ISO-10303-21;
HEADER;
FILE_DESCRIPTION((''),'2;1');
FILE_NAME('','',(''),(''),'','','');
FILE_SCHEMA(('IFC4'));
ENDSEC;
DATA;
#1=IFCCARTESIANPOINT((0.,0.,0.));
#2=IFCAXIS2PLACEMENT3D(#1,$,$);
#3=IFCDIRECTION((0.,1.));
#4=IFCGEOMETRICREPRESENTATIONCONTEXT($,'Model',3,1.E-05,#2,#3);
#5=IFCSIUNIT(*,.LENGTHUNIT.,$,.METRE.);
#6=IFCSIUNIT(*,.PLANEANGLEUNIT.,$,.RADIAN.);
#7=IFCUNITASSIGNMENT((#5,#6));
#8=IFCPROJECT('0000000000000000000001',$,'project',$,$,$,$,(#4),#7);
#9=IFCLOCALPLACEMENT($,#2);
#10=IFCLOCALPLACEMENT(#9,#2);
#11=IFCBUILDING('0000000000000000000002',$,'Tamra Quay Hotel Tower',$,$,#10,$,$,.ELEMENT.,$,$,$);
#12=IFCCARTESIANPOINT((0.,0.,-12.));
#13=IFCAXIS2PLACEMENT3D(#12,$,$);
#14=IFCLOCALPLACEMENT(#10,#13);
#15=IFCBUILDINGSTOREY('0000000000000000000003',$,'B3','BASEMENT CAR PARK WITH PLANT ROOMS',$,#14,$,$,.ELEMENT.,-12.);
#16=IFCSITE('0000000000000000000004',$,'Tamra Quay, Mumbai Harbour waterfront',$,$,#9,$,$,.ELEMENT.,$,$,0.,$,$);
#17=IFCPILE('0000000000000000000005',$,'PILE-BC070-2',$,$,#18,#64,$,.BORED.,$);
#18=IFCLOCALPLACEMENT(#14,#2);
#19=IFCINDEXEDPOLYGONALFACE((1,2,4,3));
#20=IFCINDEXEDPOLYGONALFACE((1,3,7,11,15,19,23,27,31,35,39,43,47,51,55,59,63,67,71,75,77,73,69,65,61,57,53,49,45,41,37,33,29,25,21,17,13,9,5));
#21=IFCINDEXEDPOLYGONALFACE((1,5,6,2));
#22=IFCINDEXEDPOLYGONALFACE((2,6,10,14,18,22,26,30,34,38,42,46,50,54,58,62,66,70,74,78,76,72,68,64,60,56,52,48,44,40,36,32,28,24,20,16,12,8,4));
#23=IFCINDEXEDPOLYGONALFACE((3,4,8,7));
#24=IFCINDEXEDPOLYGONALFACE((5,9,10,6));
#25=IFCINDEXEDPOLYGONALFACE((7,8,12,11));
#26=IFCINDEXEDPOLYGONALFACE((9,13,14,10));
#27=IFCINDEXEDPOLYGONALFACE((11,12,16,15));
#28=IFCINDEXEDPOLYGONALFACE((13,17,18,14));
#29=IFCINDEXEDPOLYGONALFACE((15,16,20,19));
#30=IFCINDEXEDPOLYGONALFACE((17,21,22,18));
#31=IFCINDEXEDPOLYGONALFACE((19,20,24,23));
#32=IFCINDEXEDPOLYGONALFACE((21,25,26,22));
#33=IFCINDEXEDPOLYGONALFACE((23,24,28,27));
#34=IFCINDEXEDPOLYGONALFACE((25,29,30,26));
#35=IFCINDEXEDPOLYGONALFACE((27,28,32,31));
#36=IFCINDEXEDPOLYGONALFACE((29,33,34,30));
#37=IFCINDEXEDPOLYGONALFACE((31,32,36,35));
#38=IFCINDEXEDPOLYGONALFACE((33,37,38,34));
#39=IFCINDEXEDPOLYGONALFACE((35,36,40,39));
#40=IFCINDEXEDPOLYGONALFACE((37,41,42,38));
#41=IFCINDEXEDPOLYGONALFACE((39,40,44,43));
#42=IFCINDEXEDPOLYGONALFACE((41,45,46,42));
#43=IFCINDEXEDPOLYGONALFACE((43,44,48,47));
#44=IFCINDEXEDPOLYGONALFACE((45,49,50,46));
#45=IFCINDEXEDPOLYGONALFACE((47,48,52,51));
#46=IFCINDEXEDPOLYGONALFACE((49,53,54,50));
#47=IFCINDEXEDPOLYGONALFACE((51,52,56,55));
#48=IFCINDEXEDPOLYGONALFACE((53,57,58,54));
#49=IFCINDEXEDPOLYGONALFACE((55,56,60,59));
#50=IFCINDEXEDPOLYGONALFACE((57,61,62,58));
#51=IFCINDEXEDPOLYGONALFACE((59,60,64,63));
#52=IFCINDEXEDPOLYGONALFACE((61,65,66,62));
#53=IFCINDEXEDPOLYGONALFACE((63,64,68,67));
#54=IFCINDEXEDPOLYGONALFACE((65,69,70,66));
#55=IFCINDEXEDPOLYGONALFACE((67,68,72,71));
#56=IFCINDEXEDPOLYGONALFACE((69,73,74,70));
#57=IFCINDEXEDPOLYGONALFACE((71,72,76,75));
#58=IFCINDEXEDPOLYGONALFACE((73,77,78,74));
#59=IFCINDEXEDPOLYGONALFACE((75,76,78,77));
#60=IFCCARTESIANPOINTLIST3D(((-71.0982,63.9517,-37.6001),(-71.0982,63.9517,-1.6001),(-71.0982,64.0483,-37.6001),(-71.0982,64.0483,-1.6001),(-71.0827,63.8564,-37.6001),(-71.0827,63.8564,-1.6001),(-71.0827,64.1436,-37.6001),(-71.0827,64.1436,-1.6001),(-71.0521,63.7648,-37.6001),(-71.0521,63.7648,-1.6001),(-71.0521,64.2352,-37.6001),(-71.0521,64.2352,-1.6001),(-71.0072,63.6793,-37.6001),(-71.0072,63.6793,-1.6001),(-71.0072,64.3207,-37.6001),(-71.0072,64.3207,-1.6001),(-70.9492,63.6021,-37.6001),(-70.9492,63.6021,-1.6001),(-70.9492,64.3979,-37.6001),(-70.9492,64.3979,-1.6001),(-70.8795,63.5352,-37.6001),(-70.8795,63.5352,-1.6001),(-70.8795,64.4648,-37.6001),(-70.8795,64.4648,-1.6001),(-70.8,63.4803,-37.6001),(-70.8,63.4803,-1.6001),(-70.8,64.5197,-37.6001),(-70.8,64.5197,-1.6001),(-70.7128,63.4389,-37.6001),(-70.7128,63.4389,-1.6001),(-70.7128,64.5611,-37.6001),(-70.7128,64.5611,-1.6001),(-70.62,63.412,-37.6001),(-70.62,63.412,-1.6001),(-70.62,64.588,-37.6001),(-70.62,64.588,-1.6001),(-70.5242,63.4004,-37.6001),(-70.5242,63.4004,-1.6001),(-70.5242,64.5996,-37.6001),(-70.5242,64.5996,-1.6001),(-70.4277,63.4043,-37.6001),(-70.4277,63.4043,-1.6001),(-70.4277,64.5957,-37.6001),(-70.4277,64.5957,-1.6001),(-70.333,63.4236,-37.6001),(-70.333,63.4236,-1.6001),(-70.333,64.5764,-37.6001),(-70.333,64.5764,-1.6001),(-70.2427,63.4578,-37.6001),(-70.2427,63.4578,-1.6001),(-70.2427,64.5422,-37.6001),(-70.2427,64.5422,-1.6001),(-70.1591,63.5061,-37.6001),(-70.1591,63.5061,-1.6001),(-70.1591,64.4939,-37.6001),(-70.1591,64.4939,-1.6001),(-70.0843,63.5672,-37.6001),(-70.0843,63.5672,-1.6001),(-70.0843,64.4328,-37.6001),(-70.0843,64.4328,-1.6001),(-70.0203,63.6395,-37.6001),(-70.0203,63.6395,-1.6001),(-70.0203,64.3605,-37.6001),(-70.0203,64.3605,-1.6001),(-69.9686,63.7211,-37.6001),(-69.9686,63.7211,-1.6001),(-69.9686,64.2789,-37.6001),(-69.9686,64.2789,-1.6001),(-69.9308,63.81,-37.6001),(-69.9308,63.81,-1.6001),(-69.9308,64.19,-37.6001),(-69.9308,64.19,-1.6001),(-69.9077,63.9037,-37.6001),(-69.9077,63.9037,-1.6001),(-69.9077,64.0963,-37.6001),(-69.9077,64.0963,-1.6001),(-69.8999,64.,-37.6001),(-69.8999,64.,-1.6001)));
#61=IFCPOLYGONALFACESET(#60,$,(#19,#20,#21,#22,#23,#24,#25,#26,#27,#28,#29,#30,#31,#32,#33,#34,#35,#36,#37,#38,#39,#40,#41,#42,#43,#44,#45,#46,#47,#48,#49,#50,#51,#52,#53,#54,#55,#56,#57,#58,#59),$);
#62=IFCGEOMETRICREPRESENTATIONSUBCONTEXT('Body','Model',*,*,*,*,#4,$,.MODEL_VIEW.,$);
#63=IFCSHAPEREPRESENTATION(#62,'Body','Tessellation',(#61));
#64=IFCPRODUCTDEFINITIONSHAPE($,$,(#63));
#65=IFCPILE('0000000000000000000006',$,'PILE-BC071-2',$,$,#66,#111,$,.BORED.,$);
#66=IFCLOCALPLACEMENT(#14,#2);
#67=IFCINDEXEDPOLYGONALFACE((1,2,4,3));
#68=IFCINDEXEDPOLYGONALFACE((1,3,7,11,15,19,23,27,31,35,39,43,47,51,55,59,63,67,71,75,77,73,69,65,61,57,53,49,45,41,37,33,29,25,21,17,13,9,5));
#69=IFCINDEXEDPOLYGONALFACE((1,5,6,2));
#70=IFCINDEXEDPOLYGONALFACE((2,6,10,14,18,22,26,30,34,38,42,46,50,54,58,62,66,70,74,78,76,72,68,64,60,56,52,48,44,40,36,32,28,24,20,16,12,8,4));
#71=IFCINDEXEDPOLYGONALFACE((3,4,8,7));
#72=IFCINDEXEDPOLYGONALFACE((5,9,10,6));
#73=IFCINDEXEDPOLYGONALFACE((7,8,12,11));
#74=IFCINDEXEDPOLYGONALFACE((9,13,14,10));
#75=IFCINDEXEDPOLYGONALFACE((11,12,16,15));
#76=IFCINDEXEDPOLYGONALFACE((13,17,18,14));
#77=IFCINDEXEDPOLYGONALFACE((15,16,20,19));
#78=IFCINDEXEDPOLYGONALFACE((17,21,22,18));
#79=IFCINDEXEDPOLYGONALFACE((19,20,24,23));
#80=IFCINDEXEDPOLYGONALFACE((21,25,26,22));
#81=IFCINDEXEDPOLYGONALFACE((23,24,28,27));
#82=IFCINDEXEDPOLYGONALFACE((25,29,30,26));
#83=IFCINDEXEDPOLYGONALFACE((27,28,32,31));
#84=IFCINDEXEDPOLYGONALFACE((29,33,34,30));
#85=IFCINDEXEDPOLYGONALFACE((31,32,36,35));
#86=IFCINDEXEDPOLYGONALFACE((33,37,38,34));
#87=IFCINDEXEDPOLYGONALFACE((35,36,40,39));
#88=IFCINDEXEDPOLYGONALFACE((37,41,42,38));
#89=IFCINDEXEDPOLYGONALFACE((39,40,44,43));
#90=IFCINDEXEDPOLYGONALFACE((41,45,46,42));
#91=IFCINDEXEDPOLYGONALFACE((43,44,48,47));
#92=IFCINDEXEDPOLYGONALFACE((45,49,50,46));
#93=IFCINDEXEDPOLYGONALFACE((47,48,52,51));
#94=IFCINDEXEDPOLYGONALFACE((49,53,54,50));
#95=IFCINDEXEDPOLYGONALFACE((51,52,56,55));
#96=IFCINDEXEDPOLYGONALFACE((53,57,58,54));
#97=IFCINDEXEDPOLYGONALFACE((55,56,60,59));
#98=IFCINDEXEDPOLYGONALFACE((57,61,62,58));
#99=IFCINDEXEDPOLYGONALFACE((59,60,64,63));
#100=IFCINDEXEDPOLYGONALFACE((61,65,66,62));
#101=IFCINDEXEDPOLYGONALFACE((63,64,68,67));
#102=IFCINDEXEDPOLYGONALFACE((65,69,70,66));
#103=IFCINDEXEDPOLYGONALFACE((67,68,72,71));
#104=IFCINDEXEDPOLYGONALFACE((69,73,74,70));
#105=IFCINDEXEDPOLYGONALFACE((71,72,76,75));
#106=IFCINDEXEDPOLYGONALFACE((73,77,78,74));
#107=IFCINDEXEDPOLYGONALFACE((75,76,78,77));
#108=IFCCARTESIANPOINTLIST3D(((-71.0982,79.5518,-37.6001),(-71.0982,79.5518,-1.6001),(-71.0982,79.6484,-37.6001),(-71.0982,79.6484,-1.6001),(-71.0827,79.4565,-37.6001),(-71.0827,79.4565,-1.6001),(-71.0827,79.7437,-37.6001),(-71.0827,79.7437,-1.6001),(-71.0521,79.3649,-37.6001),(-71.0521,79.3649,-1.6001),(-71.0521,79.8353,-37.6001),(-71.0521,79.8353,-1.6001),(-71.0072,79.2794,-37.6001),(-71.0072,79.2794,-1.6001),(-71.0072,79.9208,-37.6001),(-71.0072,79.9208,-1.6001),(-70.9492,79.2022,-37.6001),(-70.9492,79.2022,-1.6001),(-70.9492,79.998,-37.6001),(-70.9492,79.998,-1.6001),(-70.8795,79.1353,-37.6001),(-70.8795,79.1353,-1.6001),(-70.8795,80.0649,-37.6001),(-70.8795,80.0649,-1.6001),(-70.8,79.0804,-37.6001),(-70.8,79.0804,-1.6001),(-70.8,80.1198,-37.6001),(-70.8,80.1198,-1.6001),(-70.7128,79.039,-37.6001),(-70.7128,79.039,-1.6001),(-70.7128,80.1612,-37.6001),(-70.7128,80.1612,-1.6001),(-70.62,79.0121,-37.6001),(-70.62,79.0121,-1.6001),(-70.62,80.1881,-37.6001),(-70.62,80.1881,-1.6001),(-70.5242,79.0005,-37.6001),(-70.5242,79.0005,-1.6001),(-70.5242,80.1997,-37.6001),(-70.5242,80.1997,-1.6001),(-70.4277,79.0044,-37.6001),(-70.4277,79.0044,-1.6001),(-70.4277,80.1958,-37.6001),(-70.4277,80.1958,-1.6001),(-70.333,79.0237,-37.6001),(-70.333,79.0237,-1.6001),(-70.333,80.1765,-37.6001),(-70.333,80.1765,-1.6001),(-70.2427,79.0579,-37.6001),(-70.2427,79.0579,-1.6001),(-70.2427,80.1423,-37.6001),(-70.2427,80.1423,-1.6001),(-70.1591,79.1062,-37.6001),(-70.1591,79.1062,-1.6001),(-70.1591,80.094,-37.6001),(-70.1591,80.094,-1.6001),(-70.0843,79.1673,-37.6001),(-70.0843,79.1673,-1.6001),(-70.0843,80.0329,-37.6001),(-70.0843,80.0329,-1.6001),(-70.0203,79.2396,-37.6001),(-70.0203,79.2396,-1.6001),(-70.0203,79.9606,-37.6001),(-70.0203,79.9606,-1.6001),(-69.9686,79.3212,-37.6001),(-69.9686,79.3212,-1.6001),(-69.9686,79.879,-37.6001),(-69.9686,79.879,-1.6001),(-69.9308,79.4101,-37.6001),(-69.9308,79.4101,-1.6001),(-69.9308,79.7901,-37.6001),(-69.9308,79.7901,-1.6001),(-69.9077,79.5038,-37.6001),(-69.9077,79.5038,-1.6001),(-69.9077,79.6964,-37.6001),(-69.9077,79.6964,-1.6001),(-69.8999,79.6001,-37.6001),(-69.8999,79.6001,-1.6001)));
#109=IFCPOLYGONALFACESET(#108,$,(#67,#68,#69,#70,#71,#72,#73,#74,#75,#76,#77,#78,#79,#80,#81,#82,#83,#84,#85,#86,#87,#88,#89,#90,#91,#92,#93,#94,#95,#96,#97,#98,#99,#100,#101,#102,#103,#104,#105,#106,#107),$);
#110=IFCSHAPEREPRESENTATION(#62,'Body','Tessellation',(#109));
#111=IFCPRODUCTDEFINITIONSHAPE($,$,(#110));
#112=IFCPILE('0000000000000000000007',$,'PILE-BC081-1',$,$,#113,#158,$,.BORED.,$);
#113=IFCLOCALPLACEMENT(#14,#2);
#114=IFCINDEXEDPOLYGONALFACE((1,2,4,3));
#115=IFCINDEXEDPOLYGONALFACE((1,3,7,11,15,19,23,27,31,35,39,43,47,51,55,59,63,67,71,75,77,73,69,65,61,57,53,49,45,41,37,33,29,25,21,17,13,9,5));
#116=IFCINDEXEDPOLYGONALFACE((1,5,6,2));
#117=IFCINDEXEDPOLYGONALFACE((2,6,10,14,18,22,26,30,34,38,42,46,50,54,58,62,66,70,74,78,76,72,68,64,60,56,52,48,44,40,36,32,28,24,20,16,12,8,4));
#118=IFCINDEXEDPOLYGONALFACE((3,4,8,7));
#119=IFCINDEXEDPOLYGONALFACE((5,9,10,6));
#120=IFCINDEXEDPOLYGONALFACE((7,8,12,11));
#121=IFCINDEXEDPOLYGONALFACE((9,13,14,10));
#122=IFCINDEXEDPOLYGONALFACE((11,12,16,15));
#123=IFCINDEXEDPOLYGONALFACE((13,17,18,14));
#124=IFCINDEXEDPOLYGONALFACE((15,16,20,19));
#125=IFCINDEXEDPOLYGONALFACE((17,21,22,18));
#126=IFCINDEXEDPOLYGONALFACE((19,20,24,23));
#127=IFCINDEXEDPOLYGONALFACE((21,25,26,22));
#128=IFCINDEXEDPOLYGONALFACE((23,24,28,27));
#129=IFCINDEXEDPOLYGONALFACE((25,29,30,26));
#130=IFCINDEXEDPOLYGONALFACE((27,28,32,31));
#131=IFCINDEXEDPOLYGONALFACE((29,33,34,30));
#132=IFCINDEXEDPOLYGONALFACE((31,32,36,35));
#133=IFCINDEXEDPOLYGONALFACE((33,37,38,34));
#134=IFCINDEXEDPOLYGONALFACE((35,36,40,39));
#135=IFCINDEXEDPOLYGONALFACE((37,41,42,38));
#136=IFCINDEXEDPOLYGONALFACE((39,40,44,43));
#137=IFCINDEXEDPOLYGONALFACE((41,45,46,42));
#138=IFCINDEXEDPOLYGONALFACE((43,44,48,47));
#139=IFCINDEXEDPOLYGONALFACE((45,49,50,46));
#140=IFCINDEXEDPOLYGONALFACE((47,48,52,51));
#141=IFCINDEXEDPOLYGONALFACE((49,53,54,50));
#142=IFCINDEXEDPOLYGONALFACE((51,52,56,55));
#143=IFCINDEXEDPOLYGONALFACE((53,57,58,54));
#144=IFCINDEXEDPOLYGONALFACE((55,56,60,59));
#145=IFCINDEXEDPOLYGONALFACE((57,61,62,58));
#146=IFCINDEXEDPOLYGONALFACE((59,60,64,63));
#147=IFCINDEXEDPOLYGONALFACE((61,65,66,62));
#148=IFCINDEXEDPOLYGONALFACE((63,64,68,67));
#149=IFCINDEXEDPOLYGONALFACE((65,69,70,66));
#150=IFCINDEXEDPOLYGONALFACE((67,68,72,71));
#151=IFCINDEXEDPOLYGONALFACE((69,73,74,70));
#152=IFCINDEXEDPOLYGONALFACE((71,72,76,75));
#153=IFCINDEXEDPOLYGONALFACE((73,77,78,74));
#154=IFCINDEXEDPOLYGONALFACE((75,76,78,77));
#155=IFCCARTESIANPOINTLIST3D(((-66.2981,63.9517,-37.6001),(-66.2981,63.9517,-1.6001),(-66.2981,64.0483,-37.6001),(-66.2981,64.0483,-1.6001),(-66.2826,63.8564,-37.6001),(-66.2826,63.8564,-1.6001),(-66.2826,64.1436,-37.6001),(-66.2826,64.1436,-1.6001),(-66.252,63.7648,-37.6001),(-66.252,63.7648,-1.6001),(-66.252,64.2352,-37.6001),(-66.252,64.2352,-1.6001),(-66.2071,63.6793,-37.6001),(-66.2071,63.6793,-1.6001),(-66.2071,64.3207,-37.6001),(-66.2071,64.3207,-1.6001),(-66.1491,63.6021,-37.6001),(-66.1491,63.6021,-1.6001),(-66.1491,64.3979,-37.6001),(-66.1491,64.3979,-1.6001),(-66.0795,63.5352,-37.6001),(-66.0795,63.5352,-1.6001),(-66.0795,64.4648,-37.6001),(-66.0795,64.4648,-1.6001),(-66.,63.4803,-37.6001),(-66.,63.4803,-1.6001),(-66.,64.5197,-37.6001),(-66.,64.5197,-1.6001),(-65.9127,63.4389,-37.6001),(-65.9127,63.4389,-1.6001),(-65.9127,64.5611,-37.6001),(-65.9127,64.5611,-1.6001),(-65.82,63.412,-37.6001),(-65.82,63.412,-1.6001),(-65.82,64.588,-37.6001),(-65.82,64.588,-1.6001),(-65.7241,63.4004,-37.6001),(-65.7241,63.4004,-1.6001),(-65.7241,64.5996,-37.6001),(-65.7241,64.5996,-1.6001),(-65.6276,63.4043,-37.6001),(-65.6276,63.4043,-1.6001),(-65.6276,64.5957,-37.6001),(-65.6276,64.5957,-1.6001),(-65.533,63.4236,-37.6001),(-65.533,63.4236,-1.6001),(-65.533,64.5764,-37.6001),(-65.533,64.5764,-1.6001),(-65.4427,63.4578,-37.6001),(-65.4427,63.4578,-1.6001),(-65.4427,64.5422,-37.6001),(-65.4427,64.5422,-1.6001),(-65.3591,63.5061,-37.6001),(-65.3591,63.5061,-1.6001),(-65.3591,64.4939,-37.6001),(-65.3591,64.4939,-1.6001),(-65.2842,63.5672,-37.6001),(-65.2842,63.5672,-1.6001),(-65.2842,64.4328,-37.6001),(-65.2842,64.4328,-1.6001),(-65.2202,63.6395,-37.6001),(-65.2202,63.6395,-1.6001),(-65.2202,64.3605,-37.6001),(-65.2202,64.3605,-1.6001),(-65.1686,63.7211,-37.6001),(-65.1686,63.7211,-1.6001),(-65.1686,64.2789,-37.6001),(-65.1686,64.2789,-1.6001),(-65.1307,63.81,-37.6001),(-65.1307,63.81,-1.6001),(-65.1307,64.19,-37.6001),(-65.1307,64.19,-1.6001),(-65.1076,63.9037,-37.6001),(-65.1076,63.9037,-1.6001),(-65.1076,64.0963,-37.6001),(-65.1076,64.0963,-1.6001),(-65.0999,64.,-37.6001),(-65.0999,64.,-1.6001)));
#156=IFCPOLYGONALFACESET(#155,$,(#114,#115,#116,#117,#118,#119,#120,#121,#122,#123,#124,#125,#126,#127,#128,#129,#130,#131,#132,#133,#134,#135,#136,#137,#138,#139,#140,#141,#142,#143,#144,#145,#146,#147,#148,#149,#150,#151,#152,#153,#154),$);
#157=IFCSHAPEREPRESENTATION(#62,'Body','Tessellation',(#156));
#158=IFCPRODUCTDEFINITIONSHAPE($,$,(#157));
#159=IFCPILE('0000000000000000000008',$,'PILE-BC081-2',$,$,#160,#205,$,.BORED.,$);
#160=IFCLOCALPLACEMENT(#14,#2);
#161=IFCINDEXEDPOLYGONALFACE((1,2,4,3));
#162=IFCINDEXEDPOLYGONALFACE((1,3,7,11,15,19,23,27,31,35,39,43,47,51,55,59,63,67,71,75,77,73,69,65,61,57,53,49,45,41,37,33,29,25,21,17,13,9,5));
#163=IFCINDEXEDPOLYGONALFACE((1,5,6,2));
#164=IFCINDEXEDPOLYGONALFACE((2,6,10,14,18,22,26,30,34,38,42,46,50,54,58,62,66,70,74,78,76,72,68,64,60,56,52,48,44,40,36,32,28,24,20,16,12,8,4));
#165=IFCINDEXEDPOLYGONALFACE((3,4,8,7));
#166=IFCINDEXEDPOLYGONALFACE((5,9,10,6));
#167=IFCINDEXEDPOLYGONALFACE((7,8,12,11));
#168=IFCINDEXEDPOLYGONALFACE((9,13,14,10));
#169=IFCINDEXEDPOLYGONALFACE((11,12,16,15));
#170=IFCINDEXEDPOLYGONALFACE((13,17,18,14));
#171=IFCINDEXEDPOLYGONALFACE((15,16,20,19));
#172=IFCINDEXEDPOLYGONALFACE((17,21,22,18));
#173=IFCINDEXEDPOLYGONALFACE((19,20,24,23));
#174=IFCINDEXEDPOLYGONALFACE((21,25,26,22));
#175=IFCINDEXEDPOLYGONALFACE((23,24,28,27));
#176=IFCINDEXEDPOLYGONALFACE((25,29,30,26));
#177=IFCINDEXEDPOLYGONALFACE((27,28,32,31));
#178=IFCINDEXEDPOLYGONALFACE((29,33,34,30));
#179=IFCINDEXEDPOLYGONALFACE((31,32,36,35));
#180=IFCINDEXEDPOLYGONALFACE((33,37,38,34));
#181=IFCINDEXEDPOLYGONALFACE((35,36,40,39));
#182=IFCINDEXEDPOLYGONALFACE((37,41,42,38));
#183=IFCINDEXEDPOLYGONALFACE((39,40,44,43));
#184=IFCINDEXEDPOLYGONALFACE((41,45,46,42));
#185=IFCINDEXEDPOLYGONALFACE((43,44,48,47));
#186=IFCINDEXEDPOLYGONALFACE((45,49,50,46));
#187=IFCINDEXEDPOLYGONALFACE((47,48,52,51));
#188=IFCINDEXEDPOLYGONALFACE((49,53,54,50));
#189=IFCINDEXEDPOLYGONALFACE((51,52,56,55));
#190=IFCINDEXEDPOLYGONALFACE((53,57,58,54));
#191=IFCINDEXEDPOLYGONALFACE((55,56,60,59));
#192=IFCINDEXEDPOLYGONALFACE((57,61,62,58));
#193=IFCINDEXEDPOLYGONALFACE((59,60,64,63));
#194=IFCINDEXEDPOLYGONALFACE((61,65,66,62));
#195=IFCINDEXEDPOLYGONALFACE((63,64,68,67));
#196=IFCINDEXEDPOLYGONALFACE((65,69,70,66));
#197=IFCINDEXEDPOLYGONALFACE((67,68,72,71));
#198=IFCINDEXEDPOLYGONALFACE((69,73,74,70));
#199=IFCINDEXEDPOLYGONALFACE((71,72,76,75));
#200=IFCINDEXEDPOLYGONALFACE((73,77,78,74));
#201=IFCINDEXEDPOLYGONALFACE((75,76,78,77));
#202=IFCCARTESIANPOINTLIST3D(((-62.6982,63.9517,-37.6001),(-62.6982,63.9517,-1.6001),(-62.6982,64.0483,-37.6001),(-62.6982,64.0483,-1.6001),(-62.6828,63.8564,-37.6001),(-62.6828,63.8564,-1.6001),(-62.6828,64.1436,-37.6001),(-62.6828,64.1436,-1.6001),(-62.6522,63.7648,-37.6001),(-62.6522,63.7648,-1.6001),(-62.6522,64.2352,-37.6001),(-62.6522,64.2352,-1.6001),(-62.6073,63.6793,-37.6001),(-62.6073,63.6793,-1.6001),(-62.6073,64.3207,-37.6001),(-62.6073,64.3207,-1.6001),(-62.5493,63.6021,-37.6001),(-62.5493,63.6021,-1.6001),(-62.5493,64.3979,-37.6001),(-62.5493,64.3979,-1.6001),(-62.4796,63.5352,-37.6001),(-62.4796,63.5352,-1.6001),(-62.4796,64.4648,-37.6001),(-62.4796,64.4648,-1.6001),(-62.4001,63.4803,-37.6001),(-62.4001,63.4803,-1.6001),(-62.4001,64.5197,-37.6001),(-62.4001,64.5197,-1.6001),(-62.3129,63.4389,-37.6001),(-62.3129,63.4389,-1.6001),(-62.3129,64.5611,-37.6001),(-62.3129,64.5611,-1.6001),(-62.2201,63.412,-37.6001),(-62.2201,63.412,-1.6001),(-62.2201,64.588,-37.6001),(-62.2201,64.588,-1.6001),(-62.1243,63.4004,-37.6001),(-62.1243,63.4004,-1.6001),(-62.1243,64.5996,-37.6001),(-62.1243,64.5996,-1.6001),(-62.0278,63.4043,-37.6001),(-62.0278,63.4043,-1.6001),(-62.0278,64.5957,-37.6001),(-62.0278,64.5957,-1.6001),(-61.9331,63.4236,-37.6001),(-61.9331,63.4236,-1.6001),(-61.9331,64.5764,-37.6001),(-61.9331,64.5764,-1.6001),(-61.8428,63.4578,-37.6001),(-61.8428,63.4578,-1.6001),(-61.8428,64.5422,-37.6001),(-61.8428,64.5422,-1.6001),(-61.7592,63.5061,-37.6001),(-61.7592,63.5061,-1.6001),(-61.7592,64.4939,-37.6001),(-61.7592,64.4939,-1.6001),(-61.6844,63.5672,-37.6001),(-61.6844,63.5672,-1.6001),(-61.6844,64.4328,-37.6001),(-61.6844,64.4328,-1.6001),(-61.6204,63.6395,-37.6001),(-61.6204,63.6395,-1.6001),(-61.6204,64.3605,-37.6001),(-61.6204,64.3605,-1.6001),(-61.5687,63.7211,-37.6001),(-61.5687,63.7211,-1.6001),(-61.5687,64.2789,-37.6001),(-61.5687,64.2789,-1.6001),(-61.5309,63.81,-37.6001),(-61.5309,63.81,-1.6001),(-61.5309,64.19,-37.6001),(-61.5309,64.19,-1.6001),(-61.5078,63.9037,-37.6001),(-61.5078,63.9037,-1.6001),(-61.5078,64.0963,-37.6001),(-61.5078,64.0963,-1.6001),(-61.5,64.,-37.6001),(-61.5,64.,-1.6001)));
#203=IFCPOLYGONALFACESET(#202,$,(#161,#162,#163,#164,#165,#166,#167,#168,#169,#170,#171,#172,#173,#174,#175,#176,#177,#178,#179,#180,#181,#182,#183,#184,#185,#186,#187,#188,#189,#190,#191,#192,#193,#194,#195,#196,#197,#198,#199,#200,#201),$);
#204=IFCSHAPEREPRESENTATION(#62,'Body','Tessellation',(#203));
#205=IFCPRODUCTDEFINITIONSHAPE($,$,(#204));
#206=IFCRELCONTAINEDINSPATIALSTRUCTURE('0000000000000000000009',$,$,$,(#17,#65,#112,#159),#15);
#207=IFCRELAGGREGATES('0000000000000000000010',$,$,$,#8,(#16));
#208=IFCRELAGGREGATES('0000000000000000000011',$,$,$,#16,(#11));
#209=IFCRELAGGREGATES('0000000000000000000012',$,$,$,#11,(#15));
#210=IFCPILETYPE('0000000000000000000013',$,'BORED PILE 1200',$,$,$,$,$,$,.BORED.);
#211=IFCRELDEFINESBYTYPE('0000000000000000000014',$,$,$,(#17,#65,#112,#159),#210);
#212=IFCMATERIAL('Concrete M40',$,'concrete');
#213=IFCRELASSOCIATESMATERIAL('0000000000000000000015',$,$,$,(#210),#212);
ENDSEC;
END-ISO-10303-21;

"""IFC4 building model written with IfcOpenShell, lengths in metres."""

from ifc_helpers import new_model, si_unit, direction, frame, origin, origin_2d, place, context, subcontext, project, spatial, circle, extrude, material, material_profile, profile_set, type_object, element, save


model = new_model("IFC4")

# Units and contexts
model_context = context("Model", 3, precision=1e-05, world=origin(), true_north=direction((0.0, 1.0)))
body_context = subcontext(model_context, "Body", "Model", "MODEL_VIEW")
ifc_project = project(units=[si_unit("LENGTHUNIT", "METRE"), si_unit("PLANEANGLEUNIT", "RADIAN")], contexts=[model_context])

# Site, building, storey
site_placement = place(None, origin())
site = spatial("IfcSite", under=ifc_project, at=site_placement, Name="Tamra Quay, Mumbai Harbour waterfront", CompositionType="ELEMENT", RefElevation=0.0)
building_placement = place(site_placement, origin())
building = spatial("IfcBuilding", under=site, at=building_placement, Name="Tamra Quay Hotel Tower", CompositionType="ELEMENT")
storey_placement = place(building_placement, frame((0.0, 0.0, -12.0)))
storey = spatial("IfcBuildingStorey", under=building, at=storey_placement, Name="B3", Description="BASEMENT CAR PARK WITH PLANT ROOMS", CompositionType="ELEMENT", Elevation=-12.0)

# Piles
ifc_material_1 = material(Name="Concrete M40", Category="concrete")
ifc_material_profile_1 = material_profile(ifc_material_1, circle(Radius=0.6001, at=origin_2d()), Name="BORED PILE 1200")
ifc_profile_set_1 = profile_set([ifc_material_profile_1], Name="Concrete M40")
pile_type = type_object("IfcPileType", Name="BORED PILE 1200", PredefinedType="BORED", material=ifc_profile_set_1)
for number, where, z_axis, x_axis, name in (
    (1, (-70.5, 64.0, -1.6001), (0.0, 0.0, -1.0), (1.0, 0.0, 0.0), "PILE-BC070-2"),
    (2, (-70.5, 79.6001, -1.6001), (0.0, 0.0, -1.0), (1.0, 0.0, 0.0), "PILE-BC071-2"),
    (3, (-65.7, 64.0, -1.6001), (0.0, 0.0, -1.0), (1.0, 0.0, 0.0), "PILE-BC081-1"),
    (4, (-62.1001, 64.0, -1.6001), (0.0, 0.0, -1.0), (1.0, 0.0, 0.0), "PILE-BC081-2"),
):
    element("IfcPile", number, at=place(storey_placement, frame(where, z_axis=z_axis, x_axis=x_axis)), inside=storey, type_object=pile_type, Name=name, PredefinedType="BORED", context=body_context, shape_type="SweptSolid", body=[
        extrude(circle(Radius=0.6001, at=origin_2d()), origin(), (0.0, 0.0, 1.0), 36.0),
    ])

save(model, "model.ifc")
